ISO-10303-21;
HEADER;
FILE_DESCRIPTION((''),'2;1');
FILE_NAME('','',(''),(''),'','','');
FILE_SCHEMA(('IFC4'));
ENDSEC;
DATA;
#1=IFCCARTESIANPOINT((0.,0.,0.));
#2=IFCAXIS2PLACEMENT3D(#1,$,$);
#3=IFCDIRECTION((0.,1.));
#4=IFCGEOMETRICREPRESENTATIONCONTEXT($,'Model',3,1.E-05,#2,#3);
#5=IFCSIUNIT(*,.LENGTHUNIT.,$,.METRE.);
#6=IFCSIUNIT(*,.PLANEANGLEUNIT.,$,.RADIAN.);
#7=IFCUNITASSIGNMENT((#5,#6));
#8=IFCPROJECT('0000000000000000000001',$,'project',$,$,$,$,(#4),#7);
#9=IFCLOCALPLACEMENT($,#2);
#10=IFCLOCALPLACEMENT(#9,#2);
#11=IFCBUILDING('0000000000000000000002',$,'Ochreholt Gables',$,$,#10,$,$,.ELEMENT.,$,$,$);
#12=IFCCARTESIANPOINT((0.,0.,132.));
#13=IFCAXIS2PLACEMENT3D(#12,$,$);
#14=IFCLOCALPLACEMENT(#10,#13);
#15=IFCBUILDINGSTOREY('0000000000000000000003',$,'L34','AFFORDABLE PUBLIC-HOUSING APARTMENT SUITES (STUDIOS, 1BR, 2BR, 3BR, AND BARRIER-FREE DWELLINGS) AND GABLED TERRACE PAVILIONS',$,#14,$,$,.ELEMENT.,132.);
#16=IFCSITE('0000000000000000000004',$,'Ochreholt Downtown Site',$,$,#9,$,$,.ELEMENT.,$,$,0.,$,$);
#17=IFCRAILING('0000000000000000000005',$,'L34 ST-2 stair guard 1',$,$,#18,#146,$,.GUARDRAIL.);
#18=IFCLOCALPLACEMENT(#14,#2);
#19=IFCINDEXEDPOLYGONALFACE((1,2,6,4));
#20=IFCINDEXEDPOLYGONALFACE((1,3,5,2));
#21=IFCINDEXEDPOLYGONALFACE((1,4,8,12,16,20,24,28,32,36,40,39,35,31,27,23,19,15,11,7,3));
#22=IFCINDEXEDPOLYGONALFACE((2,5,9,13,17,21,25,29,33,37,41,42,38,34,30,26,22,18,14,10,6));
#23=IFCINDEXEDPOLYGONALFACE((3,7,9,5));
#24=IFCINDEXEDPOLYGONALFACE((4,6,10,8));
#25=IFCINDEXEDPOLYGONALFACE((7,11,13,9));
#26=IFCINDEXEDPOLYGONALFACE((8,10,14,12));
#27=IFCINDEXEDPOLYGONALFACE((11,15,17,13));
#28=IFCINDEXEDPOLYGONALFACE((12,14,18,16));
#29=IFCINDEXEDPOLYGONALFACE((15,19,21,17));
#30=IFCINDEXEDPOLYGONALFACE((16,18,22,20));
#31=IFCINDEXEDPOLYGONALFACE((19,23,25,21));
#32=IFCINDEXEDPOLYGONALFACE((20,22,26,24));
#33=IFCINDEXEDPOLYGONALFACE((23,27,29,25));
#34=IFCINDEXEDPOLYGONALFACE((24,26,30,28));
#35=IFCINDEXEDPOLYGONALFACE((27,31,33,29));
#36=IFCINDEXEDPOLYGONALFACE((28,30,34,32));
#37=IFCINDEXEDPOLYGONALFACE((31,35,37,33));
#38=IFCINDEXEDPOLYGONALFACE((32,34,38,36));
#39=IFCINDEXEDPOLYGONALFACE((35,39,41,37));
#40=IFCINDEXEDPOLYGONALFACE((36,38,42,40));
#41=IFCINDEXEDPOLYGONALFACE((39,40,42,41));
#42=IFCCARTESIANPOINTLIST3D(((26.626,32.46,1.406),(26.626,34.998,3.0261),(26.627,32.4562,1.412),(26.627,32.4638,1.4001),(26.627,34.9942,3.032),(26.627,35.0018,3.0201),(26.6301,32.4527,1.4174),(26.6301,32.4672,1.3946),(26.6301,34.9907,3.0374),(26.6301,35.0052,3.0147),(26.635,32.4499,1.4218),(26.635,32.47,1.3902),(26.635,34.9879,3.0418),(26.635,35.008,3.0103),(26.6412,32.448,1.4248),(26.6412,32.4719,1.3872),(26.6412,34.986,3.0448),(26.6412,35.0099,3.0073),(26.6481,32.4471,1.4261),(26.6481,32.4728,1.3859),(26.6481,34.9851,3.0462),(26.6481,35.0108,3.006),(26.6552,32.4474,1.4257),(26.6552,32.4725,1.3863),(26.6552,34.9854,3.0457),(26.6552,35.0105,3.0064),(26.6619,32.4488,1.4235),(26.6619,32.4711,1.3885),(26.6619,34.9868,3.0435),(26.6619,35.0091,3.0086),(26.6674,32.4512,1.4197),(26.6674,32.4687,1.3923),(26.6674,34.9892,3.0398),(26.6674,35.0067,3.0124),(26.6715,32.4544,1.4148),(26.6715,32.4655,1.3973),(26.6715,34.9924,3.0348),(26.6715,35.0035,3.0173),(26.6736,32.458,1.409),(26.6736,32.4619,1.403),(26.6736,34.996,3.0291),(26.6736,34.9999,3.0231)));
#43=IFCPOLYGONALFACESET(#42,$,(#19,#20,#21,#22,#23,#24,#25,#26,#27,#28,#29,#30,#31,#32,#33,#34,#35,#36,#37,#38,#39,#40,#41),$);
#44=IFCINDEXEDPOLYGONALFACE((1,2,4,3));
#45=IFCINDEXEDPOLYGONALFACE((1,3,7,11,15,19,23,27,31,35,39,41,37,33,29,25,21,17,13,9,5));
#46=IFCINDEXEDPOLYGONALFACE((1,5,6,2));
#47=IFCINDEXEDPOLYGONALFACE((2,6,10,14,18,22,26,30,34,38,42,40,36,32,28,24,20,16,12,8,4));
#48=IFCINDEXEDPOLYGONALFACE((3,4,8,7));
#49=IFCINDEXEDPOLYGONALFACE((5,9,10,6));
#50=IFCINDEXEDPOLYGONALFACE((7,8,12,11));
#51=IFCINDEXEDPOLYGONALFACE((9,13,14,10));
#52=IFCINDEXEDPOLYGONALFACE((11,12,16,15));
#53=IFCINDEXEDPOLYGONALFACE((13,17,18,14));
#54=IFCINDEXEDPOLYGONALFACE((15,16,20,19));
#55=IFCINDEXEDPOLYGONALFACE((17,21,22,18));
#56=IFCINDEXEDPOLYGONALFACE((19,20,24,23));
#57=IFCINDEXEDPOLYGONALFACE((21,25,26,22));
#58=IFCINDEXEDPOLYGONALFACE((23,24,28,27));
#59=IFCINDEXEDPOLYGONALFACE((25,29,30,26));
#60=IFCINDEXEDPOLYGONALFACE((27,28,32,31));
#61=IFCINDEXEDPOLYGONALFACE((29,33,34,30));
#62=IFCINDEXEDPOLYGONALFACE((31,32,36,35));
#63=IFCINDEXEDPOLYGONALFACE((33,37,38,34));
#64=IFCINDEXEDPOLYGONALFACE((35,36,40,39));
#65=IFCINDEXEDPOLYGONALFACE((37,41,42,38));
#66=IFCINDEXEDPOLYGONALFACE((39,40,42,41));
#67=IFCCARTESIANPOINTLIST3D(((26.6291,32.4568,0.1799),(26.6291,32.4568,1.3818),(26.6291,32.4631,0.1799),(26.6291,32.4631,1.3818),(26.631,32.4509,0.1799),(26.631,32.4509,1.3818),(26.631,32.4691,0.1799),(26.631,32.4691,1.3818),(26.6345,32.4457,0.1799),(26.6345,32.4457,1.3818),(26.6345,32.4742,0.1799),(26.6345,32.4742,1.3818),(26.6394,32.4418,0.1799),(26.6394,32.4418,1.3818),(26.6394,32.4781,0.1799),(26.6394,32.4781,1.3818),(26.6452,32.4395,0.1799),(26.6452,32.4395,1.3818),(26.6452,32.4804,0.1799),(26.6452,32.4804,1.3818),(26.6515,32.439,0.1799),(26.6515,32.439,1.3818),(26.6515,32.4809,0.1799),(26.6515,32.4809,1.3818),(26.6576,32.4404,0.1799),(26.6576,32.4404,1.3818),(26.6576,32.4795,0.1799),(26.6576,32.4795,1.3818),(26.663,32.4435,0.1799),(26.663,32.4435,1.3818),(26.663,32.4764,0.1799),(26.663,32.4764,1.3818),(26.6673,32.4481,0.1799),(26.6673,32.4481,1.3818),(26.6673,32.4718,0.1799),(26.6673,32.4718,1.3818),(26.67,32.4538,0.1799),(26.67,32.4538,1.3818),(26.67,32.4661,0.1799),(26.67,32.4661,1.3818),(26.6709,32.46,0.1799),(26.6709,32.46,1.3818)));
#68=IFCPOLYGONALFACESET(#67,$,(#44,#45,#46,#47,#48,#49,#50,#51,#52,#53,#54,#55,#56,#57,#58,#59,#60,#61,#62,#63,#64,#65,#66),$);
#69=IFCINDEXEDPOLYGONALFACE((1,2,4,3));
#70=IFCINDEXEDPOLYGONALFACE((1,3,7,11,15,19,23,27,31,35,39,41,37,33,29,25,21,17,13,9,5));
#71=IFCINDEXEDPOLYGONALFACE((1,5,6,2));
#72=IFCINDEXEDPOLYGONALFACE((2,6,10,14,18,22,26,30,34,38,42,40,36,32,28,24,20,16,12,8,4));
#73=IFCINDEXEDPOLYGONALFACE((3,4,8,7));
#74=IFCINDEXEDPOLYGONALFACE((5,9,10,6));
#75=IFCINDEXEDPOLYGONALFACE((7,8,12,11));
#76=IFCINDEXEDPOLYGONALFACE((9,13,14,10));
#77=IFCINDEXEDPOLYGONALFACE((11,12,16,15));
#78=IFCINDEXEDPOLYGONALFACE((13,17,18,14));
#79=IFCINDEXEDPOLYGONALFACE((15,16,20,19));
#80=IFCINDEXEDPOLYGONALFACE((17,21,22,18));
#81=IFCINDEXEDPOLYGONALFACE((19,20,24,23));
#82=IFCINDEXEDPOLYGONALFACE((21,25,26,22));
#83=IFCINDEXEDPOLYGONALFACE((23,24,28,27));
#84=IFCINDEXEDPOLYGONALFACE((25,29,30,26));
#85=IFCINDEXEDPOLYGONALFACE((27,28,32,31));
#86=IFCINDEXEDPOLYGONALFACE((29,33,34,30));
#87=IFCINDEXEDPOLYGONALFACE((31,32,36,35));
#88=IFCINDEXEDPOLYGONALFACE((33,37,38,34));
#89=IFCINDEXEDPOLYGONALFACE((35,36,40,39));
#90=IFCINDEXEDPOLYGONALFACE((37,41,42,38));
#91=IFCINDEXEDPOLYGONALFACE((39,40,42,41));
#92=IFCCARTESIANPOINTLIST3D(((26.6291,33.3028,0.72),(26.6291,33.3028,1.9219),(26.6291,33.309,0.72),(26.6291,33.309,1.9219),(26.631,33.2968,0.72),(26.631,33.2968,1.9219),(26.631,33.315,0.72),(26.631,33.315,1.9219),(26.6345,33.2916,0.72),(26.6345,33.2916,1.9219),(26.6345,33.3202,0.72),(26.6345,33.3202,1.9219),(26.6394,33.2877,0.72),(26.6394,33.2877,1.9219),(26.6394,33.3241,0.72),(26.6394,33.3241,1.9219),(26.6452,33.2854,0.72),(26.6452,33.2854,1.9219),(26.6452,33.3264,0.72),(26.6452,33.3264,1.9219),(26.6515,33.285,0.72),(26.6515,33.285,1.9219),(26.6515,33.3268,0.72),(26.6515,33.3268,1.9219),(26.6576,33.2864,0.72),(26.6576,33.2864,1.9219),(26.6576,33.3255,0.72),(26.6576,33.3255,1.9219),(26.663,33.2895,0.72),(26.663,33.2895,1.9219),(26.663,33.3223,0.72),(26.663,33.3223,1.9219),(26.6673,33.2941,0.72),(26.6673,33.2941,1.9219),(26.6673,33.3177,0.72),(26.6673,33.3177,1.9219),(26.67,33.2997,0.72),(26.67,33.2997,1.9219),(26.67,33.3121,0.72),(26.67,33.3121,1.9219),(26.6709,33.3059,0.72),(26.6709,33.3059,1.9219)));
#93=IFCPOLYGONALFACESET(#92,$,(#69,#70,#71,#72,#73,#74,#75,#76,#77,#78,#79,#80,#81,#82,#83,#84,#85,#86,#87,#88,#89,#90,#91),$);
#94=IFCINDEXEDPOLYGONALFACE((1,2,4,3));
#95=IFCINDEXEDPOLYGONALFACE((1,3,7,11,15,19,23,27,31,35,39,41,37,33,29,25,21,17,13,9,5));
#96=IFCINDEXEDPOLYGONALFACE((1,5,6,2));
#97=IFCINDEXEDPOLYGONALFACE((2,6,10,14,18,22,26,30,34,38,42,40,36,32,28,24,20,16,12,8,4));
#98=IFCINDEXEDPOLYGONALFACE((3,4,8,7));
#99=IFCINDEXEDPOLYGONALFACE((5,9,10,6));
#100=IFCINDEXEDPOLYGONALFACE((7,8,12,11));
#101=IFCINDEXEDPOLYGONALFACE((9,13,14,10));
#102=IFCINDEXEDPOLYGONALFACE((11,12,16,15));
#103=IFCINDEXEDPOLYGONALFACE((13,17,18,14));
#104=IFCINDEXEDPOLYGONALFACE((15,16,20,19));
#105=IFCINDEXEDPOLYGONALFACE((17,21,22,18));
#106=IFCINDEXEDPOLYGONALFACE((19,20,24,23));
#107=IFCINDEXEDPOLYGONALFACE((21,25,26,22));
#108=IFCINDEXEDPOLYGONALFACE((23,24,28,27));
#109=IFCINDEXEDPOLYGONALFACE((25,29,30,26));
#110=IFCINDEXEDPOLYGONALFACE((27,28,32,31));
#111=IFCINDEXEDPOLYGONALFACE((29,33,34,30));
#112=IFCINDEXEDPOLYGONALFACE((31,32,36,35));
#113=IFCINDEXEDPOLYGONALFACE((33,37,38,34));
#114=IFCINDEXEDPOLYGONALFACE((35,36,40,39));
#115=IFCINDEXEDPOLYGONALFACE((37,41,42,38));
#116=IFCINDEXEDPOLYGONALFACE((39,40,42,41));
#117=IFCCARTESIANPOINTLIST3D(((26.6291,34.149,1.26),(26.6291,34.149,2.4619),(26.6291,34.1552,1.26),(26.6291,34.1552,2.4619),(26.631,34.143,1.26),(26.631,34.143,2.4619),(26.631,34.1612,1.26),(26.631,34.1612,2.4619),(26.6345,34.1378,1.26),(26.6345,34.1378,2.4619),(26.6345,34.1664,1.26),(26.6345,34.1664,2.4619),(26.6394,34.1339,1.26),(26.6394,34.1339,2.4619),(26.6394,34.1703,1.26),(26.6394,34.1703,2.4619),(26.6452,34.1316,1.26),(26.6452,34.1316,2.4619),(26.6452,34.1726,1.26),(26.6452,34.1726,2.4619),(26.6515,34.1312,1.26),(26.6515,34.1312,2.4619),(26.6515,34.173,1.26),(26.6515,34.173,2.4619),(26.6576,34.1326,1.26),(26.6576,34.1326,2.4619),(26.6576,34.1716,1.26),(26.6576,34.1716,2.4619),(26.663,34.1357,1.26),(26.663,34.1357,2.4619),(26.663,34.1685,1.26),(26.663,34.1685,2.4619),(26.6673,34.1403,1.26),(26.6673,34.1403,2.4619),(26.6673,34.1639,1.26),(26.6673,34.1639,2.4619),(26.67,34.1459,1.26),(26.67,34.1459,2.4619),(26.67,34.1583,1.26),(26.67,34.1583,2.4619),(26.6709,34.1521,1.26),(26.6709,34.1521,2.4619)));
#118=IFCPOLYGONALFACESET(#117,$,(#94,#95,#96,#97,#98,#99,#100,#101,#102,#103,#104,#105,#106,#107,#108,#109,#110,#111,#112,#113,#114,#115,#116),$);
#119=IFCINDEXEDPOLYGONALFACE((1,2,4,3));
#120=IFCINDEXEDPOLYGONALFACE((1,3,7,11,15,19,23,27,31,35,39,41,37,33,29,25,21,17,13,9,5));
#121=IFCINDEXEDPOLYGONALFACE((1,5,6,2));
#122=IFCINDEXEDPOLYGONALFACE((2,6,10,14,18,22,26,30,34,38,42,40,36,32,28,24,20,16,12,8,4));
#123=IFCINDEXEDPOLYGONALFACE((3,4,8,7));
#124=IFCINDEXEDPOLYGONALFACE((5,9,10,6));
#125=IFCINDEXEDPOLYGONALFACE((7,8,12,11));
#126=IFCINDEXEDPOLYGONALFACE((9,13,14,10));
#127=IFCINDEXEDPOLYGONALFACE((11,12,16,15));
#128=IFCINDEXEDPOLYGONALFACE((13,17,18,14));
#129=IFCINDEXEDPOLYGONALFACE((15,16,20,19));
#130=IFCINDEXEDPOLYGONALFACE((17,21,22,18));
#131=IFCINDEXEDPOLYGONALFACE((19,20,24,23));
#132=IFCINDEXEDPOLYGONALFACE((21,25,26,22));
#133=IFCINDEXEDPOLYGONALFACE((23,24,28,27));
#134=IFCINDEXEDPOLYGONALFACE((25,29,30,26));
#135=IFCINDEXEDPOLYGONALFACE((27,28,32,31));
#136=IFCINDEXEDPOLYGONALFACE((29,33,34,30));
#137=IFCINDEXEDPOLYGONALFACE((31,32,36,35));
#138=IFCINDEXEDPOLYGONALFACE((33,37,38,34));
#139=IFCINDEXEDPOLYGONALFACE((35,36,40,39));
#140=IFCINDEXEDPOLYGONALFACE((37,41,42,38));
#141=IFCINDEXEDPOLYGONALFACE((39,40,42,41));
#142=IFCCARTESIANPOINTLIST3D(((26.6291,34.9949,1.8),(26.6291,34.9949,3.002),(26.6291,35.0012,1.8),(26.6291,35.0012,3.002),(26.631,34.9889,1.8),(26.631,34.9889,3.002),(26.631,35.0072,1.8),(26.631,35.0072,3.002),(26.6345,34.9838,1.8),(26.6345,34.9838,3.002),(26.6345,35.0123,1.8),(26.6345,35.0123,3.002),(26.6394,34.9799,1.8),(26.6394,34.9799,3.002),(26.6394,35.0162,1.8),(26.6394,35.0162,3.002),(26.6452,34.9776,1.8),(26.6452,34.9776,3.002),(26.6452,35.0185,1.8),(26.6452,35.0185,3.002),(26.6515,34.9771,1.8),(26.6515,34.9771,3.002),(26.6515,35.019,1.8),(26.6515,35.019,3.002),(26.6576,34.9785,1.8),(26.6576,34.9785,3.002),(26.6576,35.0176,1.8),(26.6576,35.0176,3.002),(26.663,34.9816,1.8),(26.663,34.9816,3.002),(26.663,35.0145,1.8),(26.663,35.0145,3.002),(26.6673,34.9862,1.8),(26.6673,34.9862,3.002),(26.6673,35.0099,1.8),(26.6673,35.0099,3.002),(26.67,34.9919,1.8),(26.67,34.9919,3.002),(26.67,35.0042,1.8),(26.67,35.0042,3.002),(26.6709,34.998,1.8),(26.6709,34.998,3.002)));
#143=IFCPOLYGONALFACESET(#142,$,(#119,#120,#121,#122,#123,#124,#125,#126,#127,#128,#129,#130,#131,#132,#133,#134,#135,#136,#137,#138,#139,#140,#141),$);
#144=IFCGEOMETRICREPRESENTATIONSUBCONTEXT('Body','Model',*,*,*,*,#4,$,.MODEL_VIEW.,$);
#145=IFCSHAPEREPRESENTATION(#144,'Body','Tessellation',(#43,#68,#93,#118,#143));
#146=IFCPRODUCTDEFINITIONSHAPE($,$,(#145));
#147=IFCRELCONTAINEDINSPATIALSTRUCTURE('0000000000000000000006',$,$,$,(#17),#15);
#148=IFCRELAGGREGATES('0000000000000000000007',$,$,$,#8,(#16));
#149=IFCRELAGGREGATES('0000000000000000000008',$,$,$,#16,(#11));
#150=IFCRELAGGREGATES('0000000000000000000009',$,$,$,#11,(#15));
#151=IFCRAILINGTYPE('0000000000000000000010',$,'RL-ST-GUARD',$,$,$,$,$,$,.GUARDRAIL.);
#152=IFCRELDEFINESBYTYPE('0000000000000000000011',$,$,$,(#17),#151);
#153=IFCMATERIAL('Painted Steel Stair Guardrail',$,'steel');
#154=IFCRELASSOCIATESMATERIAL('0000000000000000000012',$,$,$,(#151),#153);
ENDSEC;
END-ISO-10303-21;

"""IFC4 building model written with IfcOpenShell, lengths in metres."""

from ifc_helpers import new_model, si_unit, direction, frame, origin, origin_2d, place, context, subcontext, project, spatial, circle, extrude, material, type_object, element, save


model = new_model("IFC4")

# Units and contexts
model_context = context("Model", 3, precision=1e-05, world=origin(), true_north=direction((0.0, 1.0)))
body_context = subcontext(model_context, "Body", "Model", "MODEL_VIEW")
ifc_project = project(units=[si_unit("LENGTHUNIT", "METRE"), si_unit("PLANEANGLEUNIT", "RADIAN")], contexts=[model_context])

# Site, building, storey
site_placement = place(None, origin())
site = spatial("IfcSite", under=ifc_project, at=site_placement, Name="Ochreholt Downtown Site", CompositionType="ELEMENT", RefElevation=0.0)
building_placement = place(site_placement, origin())
building = spatial("IfcBuilding", under=site, at=building_placement, Name="Ochreholt Gables", CompositionType="ELEMENT")
storey_placement = place(building_placement, frame((0.0, 0.0, 132.0)))
storey = spatial("IfcBuildingStorey", under=building, at=storey_placement, Name="L34", Description="AFFORDABLE PUBLIC-HOUSING APARTMENT SUITES (STUDIOS, 1BR, 2BR, 3BR, AND BARRIER-FREE DWELLINGS) AND GABLED TERRACE PAVILIONS", CompositionType="ELEMENT", Elevation=132.0)

# Railing
ifc_material_1 = material(Name="Painted Steel Stair Guardrail", Category="steel")
railing_type = type_object("IfcRailingType", Name="RL-ST-GUARD", PredefinedType="GUARDRAIL", material=ifc_material_1)
railing_1_placement = place(storey_placement, frame((26.6499, 32.46, 0.1799)))
element("IfcRailing", 1, at=railing_1_placement, inside=storey, type_object=railing_type, Name="L34 ST-2 stair guard 1", PredefinedType="GUARDRAIL", context=body_context, shape_type="SweptSolid", body=[
    extrude(circle(Radius=0.0239, at=origin_2d()), frame((0.0, 0.0, 1.2261), z_axis=(0.0, 0.842913, 0.53805), x_axis=(-1.0, 0.0, 0.0)), (0.0, 0.0, 1.0), 3.011),
    extrude(circle(Radius=0.021, at=origin_2d()), origin(), (0.0, 0.0, 1.0), 1.2019),
    extrude(circle(Radius=0.021, at=origin_2d()), frame((0.0, 0.8459, 0.54)), (0.0, 0.0, 1.0), 1.2019),
    extrude(circle(Radius=0.021, at=origin_2d()), frame((0.0, 1.6921, 1.0801)), (0.0, 0.0, 1.0), 1.2019),
    extrude(circle(Radius=0.021, at=origin_2d()), frame((0.0, 2.5381, 1.6201)), (0.0, 0.0, 1.0), 1.2019),
])

save(model, "model.ifc")
